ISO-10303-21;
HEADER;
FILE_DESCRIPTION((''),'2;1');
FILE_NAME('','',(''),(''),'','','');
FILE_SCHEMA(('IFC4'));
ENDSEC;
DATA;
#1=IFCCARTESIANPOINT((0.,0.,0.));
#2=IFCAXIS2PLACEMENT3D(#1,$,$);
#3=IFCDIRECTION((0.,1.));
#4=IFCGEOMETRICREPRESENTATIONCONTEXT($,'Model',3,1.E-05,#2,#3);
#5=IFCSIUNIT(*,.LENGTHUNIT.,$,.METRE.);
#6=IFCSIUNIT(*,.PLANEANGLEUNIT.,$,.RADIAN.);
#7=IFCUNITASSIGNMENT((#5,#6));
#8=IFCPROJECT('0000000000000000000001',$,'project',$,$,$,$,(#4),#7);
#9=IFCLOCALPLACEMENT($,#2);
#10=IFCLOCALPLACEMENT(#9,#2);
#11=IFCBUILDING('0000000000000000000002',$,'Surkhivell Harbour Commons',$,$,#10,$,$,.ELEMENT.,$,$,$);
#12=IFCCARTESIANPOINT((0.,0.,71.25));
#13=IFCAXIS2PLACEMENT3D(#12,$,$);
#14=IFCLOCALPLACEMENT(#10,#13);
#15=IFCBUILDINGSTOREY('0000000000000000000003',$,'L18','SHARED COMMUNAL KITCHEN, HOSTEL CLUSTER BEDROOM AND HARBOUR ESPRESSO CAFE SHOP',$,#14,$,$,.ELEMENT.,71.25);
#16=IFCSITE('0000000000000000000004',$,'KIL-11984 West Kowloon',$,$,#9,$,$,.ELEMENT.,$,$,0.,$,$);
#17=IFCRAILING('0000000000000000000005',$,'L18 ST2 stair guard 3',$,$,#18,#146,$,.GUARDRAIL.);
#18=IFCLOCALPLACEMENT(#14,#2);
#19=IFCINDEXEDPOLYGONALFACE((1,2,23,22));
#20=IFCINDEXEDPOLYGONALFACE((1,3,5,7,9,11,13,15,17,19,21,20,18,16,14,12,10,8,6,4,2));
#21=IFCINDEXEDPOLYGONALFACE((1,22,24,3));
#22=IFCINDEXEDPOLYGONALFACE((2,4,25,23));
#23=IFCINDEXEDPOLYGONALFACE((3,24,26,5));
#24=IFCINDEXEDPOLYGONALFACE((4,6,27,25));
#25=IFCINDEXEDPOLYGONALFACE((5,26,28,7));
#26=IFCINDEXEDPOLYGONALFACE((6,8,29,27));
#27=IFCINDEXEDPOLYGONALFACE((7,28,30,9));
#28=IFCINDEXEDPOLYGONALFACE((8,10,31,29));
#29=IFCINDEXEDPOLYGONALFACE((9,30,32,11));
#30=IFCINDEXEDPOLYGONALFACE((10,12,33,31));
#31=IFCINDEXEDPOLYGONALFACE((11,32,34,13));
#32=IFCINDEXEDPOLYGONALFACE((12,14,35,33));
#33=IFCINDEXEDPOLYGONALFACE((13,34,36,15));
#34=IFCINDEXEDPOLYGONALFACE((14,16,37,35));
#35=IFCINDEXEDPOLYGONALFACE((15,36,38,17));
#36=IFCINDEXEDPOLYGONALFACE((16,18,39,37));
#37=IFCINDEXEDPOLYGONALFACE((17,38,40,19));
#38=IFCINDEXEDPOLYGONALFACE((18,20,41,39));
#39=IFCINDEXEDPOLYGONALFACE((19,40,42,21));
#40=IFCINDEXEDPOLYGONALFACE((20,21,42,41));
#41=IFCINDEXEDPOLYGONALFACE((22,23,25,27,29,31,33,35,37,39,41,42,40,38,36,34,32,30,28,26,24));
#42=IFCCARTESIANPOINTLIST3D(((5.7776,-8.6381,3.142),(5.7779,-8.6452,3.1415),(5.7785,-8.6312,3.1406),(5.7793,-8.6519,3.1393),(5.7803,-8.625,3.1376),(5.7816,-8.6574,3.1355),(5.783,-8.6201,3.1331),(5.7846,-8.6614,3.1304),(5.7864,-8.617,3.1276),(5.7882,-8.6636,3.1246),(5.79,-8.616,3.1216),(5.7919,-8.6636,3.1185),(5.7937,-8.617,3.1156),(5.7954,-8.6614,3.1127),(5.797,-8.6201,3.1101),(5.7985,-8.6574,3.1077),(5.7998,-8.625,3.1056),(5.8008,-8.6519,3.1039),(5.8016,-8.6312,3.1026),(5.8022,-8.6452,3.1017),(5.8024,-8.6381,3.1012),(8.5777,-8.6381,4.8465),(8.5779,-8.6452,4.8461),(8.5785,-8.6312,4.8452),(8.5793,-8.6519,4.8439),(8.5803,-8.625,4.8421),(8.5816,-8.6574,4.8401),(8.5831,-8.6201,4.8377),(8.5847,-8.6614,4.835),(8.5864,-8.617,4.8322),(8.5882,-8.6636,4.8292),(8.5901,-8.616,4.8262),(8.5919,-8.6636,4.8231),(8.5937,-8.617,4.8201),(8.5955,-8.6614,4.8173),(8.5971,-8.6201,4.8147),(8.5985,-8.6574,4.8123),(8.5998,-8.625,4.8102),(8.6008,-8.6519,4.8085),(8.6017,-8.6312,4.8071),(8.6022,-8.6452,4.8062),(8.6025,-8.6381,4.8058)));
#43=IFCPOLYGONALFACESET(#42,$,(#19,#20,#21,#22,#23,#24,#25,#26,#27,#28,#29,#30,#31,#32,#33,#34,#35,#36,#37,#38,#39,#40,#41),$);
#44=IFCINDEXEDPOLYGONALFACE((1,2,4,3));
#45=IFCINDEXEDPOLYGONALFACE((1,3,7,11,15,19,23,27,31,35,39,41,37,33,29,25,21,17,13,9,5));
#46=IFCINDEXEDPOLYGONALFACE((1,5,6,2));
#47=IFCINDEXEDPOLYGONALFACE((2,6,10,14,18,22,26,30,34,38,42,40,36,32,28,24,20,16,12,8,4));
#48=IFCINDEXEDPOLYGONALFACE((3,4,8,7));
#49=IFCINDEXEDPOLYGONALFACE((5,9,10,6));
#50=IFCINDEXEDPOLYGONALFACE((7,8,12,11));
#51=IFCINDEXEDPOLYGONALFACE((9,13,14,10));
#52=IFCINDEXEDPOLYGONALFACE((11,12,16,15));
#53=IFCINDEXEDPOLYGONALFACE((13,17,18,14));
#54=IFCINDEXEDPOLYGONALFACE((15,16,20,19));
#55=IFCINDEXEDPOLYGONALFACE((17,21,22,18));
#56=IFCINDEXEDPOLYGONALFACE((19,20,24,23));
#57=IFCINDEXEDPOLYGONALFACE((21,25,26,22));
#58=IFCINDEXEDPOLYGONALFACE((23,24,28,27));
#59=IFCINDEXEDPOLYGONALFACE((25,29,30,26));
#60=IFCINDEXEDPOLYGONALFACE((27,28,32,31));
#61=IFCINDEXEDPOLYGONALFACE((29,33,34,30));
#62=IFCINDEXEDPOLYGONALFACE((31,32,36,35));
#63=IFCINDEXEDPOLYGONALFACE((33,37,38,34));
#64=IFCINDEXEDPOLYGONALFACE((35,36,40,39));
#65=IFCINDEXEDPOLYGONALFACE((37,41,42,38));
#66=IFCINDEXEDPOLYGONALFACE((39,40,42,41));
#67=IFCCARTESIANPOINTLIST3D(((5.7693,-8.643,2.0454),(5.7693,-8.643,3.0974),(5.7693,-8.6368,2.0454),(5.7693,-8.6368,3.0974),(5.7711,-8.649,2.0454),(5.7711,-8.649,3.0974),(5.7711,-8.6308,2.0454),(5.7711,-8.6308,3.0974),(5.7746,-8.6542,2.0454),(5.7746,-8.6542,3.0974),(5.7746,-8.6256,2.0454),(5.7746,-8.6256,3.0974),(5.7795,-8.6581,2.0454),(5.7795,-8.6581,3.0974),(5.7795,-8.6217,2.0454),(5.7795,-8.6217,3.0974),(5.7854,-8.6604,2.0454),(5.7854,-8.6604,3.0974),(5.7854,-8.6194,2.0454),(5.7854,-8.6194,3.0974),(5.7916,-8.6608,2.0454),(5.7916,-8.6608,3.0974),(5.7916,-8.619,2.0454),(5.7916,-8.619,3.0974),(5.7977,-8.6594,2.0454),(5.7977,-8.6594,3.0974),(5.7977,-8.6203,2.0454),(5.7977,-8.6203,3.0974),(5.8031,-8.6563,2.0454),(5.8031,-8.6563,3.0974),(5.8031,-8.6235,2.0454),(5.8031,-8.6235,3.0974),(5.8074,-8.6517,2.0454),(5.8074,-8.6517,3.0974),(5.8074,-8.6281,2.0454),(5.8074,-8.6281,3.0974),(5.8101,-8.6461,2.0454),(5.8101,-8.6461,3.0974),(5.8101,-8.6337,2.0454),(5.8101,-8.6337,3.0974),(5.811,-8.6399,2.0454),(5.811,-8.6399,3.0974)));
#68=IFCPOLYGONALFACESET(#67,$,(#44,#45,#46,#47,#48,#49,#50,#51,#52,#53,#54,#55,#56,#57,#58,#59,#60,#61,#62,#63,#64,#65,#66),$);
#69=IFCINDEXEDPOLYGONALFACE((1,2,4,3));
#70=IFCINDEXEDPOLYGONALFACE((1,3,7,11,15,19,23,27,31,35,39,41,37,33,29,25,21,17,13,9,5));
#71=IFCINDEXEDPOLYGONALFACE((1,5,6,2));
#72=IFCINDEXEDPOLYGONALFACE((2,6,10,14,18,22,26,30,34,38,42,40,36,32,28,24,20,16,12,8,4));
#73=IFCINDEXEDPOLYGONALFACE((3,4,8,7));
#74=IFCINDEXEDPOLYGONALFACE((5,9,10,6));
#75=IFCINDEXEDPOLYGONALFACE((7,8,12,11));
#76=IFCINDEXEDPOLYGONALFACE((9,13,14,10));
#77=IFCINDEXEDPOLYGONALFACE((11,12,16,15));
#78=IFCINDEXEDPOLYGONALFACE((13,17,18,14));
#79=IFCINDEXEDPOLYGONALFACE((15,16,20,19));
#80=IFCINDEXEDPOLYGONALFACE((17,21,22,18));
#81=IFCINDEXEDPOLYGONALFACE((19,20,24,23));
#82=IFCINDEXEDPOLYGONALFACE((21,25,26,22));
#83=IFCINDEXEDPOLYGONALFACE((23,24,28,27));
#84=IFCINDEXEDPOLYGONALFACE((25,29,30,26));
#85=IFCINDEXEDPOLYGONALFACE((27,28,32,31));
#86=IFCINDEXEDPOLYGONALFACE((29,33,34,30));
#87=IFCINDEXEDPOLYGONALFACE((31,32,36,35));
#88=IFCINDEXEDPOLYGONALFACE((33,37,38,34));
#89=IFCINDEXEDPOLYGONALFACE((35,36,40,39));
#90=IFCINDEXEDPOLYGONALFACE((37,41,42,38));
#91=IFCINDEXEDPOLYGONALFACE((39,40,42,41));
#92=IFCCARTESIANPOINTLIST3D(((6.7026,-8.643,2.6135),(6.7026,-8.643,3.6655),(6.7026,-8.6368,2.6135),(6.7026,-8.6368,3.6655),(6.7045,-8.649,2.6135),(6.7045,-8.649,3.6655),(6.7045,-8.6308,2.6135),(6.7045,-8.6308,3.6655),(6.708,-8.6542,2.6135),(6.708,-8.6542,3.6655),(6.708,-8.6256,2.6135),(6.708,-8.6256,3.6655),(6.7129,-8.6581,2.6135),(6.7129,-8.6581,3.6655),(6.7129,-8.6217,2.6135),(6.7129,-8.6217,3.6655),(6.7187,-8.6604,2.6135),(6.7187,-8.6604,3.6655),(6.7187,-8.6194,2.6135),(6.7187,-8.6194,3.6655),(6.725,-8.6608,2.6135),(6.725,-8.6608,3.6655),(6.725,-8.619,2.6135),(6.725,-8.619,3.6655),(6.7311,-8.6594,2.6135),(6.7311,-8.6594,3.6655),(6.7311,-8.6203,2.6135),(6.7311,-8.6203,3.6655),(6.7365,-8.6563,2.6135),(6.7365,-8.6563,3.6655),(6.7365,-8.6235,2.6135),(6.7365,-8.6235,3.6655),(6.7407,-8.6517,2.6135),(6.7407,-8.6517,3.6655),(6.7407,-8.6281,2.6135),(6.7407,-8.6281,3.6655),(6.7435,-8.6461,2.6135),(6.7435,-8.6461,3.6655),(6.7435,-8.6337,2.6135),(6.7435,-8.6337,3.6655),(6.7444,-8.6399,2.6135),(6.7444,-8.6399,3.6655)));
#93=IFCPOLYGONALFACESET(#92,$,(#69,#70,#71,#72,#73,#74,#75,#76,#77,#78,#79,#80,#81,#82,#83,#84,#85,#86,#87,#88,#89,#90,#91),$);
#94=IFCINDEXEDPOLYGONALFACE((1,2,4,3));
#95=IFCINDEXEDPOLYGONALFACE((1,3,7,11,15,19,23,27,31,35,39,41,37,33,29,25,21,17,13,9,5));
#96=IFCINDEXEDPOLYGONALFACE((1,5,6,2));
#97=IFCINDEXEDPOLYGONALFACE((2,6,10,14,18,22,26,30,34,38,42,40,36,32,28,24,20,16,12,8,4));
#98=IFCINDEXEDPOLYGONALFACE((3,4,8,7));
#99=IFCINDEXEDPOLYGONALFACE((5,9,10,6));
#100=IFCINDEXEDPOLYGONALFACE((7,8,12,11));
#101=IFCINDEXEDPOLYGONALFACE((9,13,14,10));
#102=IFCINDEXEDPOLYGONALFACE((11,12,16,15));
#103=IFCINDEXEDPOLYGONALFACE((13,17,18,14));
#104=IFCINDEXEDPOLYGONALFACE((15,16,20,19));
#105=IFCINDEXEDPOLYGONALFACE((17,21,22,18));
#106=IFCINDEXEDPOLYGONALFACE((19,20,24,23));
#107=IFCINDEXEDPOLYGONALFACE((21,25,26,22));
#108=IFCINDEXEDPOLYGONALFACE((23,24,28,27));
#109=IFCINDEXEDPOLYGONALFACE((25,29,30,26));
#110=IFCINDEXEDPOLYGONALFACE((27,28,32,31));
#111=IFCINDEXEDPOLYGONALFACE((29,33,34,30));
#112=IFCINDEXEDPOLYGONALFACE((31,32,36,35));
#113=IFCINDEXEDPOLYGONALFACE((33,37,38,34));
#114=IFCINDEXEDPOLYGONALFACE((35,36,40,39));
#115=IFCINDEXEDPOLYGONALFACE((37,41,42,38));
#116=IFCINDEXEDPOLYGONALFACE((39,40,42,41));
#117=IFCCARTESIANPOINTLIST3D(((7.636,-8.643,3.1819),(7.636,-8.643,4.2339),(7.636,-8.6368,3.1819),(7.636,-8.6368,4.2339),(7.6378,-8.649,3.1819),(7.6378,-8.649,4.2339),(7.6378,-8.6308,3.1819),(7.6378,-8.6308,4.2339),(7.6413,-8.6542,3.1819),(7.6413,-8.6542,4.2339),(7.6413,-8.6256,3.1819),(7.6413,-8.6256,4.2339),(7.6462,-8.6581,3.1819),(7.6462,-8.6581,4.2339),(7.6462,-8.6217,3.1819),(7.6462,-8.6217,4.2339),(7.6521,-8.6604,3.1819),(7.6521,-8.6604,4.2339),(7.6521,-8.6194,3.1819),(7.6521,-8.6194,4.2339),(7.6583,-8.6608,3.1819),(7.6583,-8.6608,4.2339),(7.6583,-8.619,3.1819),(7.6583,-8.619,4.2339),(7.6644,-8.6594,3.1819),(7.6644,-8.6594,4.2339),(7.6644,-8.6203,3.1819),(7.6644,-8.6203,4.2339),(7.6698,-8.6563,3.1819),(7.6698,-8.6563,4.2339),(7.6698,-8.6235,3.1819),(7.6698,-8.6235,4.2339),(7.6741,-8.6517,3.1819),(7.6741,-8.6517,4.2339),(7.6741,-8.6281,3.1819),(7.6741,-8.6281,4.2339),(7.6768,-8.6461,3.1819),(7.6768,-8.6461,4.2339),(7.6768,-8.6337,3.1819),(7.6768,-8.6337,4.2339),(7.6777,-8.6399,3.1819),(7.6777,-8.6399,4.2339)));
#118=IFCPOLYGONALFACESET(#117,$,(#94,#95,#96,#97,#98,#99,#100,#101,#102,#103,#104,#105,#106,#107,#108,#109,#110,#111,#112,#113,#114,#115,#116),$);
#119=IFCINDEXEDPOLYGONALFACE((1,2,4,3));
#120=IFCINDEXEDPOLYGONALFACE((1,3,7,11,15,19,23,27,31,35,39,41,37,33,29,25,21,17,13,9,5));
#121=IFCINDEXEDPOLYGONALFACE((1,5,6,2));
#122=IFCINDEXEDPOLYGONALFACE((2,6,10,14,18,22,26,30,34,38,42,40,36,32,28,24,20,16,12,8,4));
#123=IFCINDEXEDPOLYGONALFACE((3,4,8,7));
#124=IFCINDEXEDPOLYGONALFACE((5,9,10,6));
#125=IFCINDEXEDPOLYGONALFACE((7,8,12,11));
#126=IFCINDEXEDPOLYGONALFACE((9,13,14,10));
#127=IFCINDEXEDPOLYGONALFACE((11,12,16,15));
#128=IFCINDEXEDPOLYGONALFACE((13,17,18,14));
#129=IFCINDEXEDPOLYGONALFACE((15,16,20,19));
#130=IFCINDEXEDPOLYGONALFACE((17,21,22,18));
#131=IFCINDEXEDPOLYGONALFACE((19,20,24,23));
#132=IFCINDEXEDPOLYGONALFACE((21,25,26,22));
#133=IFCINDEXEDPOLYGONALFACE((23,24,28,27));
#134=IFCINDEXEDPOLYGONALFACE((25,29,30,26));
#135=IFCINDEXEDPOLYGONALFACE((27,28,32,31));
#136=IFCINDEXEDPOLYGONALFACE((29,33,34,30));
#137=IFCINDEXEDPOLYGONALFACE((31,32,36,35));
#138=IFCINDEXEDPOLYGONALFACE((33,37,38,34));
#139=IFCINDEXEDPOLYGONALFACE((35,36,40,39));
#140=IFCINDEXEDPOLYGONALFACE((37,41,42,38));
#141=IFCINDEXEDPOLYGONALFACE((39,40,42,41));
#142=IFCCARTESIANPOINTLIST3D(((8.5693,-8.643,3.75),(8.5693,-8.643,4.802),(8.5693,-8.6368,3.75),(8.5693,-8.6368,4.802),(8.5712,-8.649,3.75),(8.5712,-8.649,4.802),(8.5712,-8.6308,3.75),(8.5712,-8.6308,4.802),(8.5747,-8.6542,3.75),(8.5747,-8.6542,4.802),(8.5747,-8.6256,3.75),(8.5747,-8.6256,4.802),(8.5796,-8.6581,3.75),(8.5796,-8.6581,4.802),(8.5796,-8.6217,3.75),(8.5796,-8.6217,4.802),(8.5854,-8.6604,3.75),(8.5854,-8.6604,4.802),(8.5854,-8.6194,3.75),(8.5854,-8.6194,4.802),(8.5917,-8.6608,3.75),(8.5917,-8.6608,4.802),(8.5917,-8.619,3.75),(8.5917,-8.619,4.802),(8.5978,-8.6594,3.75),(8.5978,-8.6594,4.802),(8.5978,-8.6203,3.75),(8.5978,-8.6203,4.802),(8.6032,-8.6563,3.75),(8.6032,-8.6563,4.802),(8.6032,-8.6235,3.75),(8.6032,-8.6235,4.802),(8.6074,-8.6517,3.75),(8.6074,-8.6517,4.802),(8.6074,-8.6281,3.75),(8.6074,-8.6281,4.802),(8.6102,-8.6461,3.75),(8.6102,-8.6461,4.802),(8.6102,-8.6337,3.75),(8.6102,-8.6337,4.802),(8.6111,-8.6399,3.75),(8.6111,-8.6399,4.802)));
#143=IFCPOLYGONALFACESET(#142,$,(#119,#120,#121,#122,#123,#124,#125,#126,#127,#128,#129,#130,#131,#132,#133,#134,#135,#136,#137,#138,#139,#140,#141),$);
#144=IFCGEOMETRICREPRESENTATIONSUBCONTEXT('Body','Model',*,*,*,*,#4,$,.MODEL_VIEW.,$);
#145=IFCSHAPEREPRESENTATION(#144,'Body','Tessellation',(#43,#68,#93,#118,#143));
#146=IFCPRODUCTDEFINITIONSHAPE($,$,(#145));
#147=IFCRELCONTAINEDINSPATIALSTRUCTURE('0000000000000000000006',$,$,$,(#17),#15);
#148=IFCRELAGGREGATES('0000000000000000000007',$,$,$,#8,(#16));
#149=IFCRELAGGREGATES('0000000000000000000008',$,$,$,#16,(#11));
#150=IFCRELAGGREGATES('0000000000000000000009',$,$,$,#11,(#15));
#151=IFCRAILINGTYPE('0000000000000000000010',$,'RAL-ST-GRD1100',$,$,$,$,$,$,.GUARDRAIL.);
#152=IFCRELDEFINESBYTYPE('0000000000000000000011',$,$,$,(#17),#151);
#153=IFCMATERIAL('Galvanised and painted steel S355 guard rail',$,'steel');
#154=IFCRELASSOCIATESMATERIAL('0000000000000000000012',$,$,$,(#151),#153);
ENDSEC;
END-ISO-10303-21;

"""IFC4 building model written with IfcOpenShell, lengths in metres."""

from ifc_helpers import new_model, si_unit, direction, frame, origin, origin_2d, place, context, subcontext, project, spatial, circle, extrude, material, type_object, element, save


model = new_model("IFC4")

# Units and contexts
model_context = context("Model", 3, precision=1e-05, world=origin(), true_north=direction((0.0, 1.0)))
body_context = subcontext(model_context, "Body", "Model", "MODEL_VIEW")
ifc_project = project(units=[si_unit("LENGTHUNIT", "METRE"), si_unit("PLANEANGLEUNIT", "RADIAN")], contexts=[model_context])

# Site, building, storey
site_placement = place(None, origin())
site = spatial("IfcSite", under=ifc_project, at=site_placement, Name="KIL-11984 West Kowloon", CompositionType="ELEMENT", RefElevation=0.0)
building_placement = place(site_placement, origin())
building = spatial("IfcBuilding", under=site, at=building_placement, Name="Surkhivell Harbour Commons", CompositionType="ELEMENT")
storey_placement = place(building_placement, frame((0.0, 0.0, 71.25)))
storey = spatial("IfcBuildingStorey", under=building, at=storey_placement, Name="L18", Description="SHARED COMMUNAL KITCHEN, HOSTEL CLUSTER BEDROOM AND HARBOUR ESPRESSO CAFE SHOP", CompositionType="ELEMENT", Elevation=71.25)

# Railing
ifc_material_1 = material(Name="Galvanised and painted steel S355 guard rail", Category="steel")
railing_type_1 = type_object("IfcRailingType", Name="RAL-ST-GRD1100", PredefinedType="GUARDRAIL", material=ifc_material_1)
railing_1_placement = place(storey_placement, frame((5.79, -8.6399, 2.0454)))
element("IfcRailing", 1, at=railing_1_placement, inside=storey, type_object=railing_type_1, Name="L18 ST2 stair guard 3", PredefinedType="GUARDRAIL", context=body_context, shape_type="SweptSolid", body=[
    extrude(circle(Radius=0.0239, at=origin_2d()), frame((0.0, 0.0, 1.0762), z_axis=(0.85417, 0.0, 0.519994), x_axis=(0.0, 1.0, 0.0)), (0.0, 0.0, 1.0), 3.2781),
    extrude(circle(Radius=0.021, at=origin_2d()), origin(), (0.0, 0.0, 1.0), 1.052),
    extrude(circle(Radius=0.021, at=origin_2d()), frame((0.9333, 0.0, 0.5681)), (0.0, 0.0, 1.0), 1.052),
    extrude(circle(Radius=0.021, at=origin_2d()), frame((1.8667, 0.0, 1.1365)), (0.0, 0.0, 1.0), 1.052),
    extrude(circle(Radius=0.021, at=origin_2d()), frame((2.8, 0.0, 1.7046)), (0.0, 0.0, 1.0), 1.052),
])

save(model, "model.ifc")
